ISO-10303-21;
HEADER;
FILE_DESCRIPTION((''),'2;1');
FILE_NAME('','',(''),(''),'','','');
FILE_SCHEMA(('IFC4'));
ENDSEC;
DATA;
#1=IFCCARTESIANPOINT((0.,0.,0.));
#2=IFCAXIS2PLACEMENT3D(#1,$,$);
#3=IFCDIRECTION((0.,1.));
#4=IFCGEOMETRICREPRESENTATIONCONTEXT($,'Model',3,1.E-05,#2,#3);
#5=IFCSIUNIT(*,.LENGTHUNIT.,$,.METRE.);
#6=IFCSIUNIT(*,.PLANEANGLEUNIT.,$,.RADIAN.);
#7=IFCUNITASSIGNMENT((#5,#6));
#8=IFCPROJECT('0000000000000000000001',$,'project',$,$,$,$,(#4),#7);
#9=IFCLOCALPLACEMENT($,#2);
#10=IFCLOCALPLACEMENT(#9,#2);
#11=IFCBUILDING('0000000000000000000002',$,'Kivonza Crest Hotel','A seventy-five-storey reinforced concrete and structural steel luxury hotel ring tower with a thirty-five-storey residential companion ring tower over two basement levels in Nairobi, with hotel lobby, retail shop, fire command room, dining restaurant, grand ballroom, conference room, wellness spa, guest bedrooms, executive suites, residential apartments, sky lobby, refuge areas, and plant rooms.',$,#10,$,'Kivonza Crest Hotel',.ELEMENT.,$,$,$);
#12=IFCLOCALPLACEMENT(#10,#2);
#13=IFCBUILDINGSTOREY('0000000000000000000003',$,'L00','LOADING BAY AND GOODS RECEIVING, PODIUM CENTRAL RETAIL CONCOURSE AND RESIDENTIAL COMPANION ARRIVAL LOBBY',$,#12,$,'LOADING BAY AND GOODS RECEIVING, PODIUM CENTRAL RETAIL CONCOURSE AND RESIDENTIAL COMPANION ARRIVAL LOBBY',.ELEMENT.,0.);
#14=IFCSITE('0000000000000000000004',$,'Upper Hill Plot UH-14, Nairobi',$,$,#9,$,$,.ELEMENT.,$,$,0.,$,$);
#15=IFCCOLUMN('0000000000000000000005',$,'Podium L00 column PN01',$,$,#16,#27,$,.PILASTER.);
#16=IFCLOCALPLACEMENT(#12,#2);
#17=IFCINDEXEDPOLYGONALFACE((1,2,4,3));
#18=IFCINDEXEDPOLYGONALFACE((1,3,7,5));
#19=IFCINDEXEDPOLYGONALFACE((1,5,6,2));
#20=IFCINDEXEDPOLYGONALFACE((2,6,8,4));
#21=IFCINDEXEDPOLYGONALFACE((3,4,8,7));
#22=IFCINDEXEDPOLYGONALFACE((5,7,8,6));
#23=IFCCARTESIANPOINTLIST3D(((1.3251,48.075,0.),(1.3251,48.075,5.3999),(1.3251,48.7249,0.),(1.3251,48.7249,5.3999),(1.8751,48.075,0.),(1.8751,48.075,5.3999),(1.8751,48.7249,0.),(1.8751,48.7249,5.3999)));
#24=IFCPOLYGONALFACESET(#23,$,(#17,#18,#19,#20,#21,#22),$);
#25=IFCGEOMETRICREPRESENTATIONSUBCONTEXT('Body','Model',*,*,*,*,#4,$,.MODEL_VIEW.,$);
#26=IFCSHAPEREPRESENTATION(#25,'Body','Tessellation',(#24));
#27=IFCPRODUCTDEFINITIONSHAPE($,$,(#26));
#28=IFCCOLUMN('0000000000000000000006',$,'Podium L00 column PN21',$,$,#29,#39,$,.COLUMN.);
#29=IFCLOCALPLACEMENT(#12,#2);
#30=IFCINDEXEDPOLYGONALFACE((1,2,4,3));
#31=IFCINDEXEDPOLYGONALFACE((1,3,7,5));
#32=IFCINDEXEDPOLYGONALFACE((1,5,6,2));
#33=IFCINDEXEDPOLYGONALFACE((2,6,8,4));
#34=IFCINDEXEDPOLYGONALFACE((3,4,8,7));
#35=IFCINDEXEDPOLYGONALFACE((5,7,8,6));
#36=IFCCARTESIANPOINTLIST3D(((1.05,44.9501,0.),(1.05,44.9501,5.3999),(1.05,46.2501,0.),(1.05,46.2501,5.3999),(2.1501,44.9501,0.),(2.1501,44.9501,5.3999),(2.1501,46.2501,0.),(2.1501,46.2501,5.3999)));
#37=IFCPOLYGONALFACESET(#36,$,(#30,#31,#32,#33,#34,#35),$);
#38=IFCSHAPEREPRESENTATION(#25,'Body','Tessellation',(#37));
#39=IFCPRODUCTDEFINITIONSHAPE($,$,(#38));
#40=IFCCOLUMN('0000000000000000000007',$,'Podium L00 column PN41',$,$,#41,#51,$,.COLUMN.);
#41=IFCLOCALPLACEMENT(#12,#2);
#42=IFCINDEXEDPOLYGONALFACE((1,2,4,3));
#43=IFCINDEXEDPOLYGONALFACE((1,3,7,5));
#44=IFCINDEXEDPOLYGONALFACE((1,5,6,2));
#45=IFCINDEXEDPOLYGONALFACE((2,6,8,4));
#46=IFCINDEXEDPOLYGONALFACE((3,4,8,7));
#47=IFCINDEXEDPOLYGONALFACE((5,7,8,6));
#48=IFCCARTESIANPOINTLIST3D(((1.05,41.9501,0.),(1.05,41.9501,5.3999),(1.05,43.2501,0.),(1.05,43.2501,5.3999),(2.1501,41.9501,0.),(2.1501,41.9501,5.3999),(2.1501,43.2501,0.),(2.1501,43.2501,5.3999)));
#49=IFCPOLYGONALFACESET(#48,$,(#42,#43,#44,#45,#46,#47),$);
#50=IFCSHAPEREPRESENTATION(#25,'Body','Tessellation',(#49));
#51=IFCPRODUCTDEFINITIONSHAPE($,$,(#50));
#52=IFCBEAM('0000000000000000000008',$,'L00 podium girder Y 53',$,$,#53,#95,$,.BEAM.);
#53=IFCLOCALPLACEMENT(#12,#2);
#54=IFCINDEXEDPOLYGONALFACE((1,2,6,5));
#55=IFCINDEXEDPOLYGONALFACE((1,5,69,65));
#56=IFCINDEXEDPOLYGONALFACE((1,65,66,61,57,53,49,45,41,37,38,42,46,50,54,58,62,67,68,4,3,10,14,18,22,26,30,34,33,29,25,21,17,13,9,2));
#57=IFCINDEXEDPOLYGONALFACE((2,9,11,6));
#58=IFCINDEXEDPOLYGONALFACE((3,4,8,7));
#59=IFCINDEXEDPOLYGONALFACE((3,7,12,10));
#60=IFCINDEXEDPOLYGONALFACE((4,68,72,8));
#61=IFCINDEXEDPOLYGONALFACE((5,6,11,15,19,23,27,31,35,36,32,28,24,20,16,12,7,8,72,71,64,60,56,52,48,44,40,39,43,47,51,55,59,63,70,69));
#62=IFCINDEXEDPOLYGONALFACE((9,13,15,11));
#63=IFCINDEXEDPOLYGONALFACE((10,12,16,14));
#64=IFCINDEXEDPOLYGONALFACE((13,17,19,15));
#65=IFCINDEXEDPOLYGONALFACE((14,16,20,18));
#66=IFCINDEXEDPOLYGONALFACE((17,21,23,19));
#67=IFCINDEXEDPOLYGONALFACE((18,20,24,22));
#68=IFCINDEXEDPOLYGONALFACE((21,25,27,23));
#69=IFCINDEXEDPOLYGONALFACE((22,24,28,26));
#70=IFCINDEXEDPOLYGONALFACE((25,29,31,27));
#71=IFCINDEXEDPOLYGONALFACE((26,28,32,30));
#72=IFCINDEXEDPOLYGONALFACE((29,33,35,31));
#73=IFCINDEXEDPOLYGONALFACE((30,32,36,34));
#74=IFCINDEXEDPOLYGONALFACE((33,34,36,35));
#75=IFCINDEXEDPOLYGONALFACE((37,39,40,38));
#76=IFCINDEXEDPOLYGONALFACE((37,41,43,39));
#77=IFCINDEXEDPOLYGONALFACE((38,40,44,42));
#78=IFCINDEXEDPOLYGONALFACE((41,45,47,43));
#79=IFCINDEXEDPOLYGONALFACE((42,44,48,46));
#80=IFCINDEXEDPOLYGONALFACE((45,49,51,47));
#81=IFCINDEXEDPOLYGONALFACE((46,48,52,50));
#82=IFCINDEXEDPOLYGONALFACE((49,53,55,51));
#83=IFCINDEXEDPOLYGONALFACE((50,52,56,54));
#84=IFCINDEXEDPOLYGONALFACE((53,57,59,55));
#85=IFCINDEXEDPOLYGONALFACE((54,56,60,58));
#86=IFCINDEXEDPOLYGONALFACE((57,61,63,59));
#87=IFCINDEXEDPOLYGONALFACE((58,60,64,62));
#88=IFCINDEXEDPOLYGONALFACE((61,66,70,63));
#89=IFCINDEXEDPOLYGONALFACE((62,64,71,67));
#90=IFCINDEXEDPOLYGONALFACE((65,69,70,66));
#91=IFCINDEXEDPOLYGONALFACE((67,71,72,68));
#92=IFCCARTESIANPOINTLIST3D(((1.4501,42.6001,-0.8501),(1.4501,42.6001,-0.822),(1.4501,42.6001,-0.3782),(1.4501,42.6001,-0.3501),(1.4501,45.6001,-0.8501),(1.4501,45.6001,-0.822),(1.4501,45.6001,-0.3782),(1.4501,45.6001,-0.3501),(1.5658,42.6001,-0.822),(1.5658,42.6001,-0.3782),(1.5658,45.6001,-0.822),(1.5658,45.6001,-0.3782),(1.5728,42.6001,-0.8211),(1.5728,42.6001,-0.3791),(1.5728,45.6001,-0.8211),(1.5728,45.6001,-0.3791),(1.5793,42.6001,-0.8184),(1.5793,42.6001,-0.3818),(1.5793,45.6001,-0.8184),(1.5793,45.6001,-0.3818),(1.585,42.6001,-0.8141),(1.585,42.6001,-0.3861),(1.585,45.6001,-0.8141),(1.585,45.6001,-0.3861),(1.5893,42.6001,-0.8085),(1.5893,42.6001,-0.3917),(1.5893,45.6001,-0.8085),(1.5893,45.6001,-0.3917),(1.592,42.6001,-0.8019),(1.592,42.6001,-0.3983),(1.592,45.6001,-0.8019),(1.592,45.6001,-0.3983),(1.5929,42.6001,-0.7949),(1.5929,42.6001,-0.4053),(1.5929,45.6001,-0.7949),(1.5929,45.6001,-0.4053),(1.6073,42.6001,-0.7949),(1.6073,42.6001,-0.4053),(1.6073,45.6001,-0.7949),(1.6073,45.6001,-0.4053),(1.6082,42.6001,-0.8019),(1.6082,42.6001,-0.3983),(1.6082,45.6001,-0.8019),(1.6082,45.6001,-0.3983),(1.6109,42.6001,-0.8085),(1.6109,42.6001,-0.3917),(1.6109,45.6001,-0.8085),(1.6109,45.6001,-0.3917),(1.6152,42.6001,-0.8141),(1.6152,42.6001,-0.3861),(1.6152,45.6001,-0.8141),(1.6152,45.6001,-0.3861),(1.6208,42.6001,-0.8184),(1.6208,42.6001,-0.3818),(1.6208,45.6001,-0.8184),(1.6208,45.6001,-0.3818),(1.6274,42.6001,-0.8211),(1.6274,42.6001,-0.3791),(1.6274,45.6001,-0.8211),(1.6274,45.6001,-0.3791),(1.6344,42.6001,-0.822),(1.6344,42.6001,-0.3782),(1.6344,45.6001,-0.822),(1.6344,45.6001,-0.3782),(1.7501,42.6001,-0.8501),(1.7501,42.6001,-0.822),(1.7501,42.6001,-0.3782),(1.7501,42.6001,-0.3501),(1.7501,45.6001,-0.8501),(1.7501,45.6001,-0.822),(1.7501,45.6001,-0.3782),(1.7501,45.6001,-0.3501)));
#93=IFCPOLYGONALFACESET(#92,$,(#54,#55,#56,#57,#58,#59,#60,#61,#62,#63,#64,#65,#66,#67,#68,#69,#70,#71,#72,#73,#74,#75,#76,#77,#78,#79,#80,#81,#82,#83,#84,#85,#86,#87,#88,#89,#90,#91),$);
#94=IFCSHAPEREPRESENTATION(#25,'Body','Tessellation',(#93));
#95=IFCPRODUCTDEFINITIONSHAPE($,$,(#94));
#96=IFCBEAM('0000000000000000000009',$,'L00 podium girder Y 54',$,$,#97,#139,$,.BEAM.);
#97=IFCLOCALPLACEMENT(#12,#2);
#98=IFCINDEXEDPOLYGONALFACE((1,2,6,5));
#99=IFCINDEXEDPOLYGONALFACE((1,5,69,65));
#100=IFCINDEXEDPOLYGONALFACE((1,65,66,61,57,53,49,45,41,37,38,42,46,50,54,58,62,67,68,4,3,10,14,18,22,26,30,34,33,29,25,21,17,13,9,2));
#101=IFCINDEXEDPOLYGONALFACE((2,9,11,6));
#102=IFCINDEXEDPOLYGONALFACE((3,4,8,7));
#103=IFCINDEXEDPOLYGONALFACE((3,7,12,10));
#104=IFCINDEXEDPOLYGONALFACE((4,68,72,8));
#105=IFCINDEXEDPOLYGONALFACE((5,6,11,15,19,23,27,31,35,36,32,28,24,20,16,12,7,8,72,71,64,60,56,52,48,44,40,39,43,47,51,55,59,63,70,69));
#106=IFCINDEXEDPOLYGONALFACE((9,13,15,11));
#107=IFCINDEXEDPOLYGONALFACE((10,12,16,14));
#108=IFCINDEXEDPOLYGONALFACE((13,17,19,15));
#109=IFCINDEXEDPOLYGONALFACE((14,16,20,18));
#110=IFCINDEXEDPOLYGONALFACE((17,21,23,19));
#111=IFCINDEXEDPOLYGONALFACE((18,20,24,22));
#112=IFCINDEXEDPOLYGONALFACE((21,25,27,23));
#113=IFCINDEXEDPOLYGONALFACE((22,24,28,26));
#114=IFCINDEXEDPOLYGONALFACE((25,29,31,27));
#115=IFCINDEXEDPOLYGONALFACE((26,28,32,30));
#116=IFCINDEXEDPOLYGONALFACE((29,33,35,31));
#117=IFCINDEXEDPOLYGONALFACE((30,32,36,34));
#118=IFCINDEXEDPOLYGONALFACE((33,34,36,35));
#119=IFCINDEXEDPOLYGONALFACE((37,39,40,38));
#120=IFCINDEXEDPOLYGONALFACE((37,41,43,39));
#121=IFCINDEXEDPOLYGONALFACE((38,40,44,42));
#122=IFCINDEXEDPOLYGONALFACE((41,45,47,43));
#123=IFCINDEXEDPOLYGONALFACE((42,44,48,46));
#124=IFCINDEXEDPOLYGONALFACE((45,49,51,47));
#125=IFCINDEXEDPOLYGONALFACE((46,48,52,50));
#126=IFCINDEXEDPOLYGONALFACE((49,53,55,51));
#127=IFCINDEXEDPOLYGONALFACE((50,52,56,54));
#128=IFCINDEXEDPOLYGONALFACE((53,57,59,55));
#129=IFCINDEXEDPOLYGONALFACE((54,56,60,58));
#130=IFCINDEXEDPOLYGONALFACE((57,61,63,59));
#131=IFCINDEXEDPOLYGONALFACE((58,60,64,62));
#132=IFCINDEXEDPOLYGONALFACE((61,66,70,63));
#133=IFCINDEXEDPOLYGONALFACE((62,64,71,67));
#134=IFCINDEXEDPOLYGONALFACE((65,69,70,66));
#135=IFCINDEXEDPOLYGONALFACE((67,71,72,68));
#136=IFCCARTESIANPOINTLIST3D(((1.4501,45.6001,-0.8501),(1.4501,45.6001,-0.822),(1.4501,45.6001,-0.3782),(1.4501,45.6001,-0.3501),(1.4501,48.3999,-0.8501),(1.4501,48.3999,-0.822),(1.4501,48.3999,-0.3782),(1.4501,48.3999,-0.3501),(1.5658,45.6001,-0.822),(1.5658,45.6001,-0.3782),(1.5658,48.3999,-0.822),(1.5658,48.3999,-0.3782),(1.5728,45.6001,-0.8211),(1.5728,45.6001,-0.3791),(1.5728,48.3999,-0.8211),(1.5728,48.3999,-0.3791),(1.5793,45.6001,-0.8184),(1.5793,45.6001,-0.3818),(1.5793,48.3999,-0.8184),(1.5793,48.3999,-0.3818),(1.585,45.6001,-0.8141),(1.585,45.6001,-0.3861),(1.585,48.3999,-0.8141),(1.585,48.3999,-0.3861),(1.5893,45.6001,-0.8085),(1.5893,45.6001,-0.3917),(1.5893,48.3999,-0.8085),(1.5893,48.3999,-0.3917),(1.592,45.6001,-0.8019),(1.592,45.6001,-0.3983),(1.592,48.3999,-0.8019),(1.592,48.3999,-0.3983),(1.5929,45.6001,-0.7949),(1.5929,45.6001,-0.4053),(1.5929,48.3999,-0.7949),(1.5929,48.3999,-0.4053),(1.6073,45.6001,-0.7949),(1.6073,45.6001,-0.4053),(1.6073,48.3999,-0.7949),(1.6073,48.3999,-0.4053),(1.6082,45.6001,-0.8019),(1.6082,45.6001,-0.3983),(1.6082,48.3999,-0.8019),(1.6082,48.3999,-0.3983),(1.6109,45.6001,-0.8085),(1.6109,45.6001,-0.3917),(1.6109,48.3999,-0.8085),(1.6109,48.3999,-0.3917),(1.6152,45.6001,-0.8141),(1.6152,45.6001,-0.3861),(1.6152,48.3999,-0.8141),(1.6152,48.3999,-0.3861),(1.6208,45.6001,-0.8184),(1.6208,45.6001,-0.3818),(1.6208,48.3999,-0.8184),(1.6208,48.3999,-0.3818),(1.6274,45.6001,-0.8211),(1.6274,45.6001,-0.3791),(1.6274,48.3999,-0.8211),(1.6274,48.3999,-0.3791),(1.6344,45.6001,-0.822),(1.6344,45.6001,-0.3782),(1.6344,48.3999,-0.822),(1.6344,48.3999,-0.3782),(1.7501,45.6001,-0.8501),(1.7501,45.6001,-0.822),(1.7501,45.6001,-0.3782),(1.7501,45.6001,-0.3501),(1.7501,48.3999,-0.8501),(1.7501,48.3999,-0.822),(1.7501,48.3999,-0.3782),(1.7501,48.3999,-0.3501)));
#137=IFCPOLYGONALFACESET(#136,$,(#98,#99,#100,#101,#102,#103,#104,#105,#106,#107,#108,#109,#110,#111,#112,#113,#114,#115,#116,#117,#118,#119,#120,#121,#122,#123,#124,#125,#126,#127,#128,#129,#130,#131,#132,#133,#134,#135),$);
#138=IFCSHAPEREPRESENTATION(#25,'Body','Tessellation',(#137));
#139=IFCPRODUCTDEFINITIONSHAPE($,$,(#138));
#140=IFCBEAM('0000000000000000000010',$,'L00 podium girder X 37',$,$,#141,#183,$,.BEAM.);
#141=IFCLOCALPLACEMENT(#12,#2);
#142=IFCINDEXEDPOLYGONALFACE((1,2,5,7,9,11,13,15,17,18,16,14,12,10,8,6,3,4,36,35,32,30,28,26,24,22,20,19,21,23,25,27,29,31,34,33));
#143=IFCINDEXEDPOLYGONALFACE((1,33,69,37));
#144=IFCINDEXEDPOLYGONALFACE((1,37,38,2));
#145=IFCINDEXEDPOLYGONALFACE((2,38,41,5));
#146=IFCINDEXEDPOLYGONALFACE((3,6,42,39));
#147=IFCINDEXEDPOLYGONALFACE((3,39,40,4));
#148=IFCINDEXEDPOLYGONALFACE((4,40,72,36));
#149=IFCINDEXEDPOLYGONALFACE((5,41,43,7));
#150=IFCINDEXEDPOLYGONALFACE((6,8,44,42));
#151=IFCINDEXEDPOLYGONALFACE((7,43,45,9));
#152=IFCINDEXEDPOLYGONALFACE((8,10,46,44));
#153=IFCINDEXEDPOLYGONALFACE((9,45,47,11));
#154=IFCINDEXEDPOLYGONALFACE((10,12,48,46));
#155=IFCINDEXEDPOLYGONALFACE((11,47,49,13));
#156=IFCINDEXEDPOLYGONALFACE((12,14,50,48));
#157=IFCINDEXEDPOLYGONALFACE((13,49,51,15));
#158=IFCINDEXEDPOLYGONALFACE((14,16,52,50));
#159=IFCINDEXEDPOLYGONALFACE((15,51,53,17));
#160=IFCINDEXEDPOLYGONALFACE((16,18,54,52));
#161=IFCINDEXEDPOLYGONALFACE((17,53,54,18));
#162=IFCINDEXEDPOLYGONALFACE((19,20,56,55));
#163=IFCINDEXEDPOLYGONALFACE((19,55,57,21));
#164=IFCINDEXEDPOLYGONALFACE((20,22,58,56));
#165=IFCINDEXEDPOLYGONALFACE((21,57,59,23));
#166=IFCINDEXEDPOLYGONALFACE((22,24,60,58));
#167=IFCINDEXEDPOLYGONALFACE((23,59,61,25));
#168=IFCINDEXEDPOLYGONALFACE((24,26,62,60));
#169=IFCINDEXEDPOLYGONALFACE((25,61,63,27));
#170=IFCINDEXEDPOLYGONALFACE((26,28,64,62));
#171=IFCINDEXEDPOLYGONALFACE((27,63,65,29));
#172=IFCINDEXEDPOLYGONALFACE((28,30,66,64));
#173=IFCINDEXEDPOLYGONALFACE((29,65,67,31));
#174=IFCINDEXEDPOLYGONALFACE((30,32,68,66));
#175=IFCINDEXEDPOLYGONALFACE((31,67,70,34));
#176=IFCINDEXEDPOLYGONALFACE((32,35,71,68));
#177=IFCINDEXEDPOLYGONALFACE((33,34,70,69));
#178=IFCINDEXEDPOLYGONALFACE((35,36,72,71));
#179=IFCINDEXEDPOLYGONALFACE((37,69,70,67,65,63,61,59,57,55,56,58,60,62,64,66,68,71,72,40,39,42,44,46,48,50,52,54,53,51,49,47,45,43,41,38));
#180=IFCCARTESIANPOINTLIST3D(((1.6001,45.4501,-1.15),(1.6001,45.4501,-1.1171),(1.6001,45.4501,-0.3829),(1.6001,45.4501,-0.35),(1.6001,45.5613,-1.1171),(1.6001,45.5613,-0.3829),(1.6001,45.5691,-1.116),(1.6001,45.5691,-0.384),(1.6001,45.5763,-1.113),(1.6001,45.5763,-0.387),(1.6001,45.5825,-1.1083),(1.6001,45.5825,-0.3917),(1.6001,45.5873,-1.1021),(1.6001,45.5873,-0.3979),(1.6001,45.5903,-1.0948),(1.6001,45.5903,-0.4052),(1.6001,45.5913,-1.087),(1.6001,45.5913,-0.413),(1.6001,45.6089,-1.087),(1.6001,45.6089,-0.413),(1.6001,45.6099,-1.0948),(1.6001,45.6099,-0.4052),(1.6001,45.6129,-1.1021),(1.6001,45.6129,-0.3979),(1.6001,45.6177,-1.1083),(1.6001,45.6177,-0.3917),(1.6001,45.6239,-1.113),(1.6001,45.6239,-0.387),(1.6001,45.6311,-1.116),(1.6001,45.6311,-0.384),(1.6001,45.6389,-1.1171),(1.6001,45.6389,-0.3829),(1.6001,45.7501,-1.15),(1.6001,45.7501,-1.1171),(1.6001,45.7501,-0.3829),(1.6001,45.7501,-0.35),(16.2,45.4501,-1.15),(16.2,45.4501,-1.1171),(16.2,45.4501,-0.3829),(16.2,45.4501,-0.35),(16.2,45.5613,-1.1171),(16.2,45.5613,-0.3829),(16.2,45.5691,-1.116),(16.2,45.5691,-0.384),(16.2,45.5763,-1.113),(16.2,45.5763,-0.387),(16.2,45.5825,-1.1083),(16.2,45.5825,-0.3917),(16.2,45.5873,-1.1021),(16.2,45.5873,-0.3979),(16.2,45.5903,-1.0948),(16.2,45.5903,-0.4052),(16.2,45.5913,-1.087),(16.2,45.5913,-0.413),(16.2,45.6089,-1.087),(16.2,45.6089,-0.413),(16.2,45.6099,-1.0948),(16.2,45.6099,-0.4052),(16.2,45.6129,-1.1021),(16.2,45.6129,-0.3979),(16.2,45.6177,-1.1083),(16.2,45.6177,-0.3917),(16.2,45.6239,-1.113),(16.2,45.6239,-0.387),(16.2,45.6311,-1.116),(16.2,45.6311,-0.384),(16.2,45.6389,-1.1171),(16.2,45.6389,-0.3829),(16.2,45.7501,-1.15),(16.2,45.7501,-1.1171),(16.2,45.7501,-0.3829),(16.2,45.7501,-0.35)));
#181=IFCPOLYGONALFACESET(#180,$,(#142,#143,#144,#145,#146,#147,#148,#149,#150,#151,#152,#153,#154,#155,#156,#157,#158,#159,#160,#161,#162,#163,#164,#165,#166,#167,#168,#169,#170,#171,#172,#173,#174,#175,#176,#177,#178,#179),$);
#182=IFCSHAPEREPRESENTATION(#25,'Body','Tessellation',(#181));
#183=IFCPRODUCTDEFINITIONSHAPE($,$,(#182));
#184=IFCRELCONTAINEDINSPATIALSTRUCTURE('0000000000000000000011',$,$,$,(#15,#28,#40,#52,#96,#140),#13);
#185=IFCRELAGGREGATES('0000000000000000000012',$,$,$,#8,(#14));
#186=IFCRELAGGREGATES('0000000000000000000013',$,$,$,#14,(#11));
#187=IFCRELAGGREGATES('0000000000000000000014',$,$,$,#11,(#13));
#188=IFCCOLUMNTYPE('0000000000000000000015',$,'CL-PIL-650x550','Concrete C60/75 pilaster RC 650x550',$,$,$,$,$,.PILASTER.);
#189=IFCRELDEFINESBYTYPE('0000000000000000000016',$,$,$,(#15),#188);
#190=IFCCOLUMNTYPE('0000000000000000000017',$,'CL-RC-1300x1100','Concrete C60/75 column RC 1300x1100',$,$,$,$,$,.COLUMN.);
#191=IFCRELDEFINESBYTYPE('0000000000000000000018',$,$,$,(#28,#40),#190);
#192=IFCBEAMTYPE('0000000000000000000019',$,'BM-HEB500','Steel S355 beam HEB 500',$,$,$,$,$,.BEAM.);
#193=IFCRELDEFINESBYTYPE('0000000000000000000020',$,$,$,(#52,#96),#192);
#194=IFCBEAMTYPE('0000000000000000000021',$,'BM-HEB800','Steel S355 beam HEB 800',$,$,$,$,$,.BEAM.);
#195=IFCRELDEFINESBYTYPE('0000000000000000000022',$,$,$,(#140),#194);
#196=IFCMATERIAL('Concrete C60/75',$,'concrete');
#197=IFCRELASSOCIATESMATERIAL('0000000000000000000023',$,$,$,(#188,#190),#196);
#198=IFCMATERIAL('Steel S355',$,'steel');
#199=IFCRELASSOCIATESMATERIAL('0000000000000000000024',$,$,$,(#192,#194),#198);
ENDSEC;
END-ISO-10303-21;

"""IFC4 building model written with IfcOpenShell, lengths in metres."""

from ifc_helpers import new_model, si_unit, direction, frame, origin, origin_2d, place, context, subcontext, project, spatial, rectangle, i_section, extrude, material, material_profile, profile_set, type_object, element, save


model = new_model("IFC4")

# Units and contexts
model_context = context("Model", 3, precision=1e-05, world=origin(), true_north=direction((0.0, 1.0)))
body_context = subcontext(model_context, "Body", "Model", "MODEL_VIEW")
ifc_project = project(units=[si_unit("LENGTHUNIT", "METRE"), si_unit("PLANEANGLEUNIT", "RADIAN")], contexts=[model_context])

# Site, building, storey
site_placement = place(None, origin())
site = spatial("IfcSite", under=ifc_project, at=site_placement, Name="Upper Hill Plot UH-14, Nairobi", CompositionType="ELEMENT", RefElevation=0.0)
building_placement = place(site_placement, origin())
building = spatial("IfcBuilding", under=site, at=building_placement, Name="Kivonza Crest Hotel", Description="A seventy-five-storey reinforced concrete and structural steel luxury hotel ring tower with a thirty-five-storey residential companion ring tower over two basement levels in Nairobi, with hotel lobby, retail shop, fire command room, dining restaurant, grand ballroom, conference room, wellness spa, guest bedrooms, executive suites, residential apartments, sky lobby, refuge areas, and plant rooms.", LongName="Kivonza Crest Hotel", CompositionType="ELEMENT")
storey_placement = place(building_placement, origin())
storey = spatial("IfcBuildingStorey", under=building, at=storey_placement, Name="L00", Description="LOADING BAY AND GOODS RECEIVING, PODIUM CENTRAL RETAIL CONCOURSE AND RESIDENTIAL COMPANION ARRIVAL LOBBY", LongName="LOADING BAY AND GOODS RECEIVING, PODIUM CENTRAL RETAIL CONCOURSE AND RESIDENTIAL COMPANION ARRIVAL LOBBY", CompositionType="ELEMENT", Elevation=0.0)

# Columns
ifc_material_1 = material(Name="Concrete C60/75", Category="concrete")
ifc_material_profile_1 = material_profile(ifc_material_1, rectangle(XDim=0.55, YDim=0.6499, at=origin_2d()), Name="RC 650x550")
ifc_profile_set_1 = profile_set([ifc_material_profile_1], Name="Concrete C60/75")
column_type_1 = type_object("IfcColumnType", Name="CL-PIL-650x550", Description="Concrete C60/75 pilaster RC 650x550", PredefinedType="PILASTER", material=ifc_profile_set_1)
column_placement = place(storey_placement, frame((1.6001, 48.3999, 0.0), z_axis=(0.0, 0.0, 1.0), x_axis=(1.0, 0.0, 0.0)))
element("IfcColumn", 1, at=column_placement, inside=storey, type_object=column_type_1, Name="Podium L00 column PN01", PredefinedType="PILASTER", context=body_context, shape_type="SweptSolid", body=[
    extrude(rectangle(XDim=0.55, YDim=0.6499, at=origin_2d()), origin(), (0.0, 0.0, 1.0), 5.3999),
])
ifc_material_profile_2 = material_profile(ifc_material_1, rectangle(XDim=1.1001, YDim=1.3, at=origin_2d()), Name="RC 1300x1100")
ifc_profile_set_2 = profile_set([ifc_material_profile_2], Name="Concrete C60/75")
column_type_2 = type_object("IfcColumnType", Name="CL-RC-1300x1100", Description="Concrete C60/75 column RC 1300x1100", PredefinedType="COLUMN", material=ifc_profile_set_2)
for number, where, z_axis, x_axis, name in (
    (2, (1.6001, 45.6001, 0.0), (0.0, 0.0, 1.0), (1.0, 0.0, 0.0), "Podium L00 column PN21"),
    (3, (1.6001, 42.6001, 0.0), (0.0, 0.0, 1.0), (1.0, 0.0, 0.0), "Podium L00 column PN41"),
):
    element("IfcColumn", number, at=place(storey_placement, frame(where, z_axis=z_axis, x_axis=x_axis)), inside=storey, type_object=column_type_2, Name=name, PredefinedType="COLUMN", context=body_context, shape_type="SweptSolid", body=[
        extrude(rectangle(XDim=1.1001, YDim=1.3, at=origin_2d()), origin(), (0.0, 0.0, 1.0), 5.3999),
    ])

# Beams
ifc_material_2 = material(Name="Steel S355", Category="steel")
ifc_material_profile_3 = material_profile(ifc_material_2, i_section(OverallWidth=0.3, OverallDepth=0.5, WebThickness=0.0144, FlangeThickness=0.0281, FilletRadius=0.0271, at=origin_2d()), Name="HEB 500")
ifc_profile_set_3 = profile_set([ifc_material_profile_3], Name="Steel S355")
beam_type_1 = type_object("IfcBeamType", Name="BM-HEB500", Description="Steel S355 beam HEB 500", PredefinedType="BEAM", material=ifc_profile_set_3)
beam_1_placement = place(storey_placement, frame((1.6001, 42.6001, -0.6001), z_axis=(0.0, 1.0, 0.0), x_axis=(-1.0, 0.0, 0.0)))
element("IfcBeam", 4, at=beam_1_placement, inside=storey, type_object=beam_type_1, Name="L00 podium girder Y 53", PredefinedType="BEAM", context=body_context, shape_type="SweptSolid", body=[
    extrude(i_section(OverallWidth=0.3, OverallDepth=0.5, WebThickness=0.0144, FlangeThickness=0.0281, FilletRadius=0.0271, at=origin_2d()), origin(), (0.0, 0.0, 1.0), 3.0),
])
beam_2_placement = place(storey_placement, frame((1.6001, 45.6001, -0.6001), z_axis=(0.0, 1.0, 0.0), x_axis=(-1.0, 0.0, 0.0)))
element("IfcBeam", 5, at=beam_2_placement, inside=storey, type_object=beam_type_1, Name="L00 podium girder Y 54", PredefinedType="BEAM", context=body_context, shape_type="SweptSolid", body=[
    extrude(i_section(OverallWidth=0.3, OverallDepth=0.5, WebThickness=0.0144, FlangeThickness=0.0281, FilletRadius=0.0271, at=origin_2d()), origin(), (0.0, 0.0, 1.0), 2.7998),
])
ifc_material_profile_4 = material_profile(ifc_material_2, i_section(OverallWidth=0.3, OverallDepth=0.8, WebThickness=0.0176, FlangeThickness=0.033, FilletRadius=0.03, at=origin_2d()), Name="HEB 800")
ifc_profile_set_4 = profile_set([ifc_material_profile_4], Name="Steel S355")
beam_type_2 = type_object("IfcBeamType", Name="BM-HEB800", Description="Steel S355 beam HEB 800", PredefinedType="BEAM", material=ifc_profile_set_4)
for number, where, z_axis, x_axis, name in (
    (6, (1.6001, 45.6001, -0.75), (1.0, 0.0, 0.0), (0.0, 1.0, 0.0), "L00 podium girder X 37"),
):
    element("IfcBeam", number, at=place(storey_placement, frame(where, z_axis=z_axis, x_axis=x_axis)), inside=storey, type_object=beam_type_2, Name=name, PredefinedType="BEAM", context=body_context, shape_type="SweptSolid", body=[
        extrude(i_section(OverallWidth=0.3, OverallDepth=0.8, WebThickness=0.0176, FlangeThickness=0.033, FilletRadius=0.03, at=origin_2d()), origin(), (0.0, 0.0, 1.0), 14.5999),
    ])

save(model, "model.ifc")
